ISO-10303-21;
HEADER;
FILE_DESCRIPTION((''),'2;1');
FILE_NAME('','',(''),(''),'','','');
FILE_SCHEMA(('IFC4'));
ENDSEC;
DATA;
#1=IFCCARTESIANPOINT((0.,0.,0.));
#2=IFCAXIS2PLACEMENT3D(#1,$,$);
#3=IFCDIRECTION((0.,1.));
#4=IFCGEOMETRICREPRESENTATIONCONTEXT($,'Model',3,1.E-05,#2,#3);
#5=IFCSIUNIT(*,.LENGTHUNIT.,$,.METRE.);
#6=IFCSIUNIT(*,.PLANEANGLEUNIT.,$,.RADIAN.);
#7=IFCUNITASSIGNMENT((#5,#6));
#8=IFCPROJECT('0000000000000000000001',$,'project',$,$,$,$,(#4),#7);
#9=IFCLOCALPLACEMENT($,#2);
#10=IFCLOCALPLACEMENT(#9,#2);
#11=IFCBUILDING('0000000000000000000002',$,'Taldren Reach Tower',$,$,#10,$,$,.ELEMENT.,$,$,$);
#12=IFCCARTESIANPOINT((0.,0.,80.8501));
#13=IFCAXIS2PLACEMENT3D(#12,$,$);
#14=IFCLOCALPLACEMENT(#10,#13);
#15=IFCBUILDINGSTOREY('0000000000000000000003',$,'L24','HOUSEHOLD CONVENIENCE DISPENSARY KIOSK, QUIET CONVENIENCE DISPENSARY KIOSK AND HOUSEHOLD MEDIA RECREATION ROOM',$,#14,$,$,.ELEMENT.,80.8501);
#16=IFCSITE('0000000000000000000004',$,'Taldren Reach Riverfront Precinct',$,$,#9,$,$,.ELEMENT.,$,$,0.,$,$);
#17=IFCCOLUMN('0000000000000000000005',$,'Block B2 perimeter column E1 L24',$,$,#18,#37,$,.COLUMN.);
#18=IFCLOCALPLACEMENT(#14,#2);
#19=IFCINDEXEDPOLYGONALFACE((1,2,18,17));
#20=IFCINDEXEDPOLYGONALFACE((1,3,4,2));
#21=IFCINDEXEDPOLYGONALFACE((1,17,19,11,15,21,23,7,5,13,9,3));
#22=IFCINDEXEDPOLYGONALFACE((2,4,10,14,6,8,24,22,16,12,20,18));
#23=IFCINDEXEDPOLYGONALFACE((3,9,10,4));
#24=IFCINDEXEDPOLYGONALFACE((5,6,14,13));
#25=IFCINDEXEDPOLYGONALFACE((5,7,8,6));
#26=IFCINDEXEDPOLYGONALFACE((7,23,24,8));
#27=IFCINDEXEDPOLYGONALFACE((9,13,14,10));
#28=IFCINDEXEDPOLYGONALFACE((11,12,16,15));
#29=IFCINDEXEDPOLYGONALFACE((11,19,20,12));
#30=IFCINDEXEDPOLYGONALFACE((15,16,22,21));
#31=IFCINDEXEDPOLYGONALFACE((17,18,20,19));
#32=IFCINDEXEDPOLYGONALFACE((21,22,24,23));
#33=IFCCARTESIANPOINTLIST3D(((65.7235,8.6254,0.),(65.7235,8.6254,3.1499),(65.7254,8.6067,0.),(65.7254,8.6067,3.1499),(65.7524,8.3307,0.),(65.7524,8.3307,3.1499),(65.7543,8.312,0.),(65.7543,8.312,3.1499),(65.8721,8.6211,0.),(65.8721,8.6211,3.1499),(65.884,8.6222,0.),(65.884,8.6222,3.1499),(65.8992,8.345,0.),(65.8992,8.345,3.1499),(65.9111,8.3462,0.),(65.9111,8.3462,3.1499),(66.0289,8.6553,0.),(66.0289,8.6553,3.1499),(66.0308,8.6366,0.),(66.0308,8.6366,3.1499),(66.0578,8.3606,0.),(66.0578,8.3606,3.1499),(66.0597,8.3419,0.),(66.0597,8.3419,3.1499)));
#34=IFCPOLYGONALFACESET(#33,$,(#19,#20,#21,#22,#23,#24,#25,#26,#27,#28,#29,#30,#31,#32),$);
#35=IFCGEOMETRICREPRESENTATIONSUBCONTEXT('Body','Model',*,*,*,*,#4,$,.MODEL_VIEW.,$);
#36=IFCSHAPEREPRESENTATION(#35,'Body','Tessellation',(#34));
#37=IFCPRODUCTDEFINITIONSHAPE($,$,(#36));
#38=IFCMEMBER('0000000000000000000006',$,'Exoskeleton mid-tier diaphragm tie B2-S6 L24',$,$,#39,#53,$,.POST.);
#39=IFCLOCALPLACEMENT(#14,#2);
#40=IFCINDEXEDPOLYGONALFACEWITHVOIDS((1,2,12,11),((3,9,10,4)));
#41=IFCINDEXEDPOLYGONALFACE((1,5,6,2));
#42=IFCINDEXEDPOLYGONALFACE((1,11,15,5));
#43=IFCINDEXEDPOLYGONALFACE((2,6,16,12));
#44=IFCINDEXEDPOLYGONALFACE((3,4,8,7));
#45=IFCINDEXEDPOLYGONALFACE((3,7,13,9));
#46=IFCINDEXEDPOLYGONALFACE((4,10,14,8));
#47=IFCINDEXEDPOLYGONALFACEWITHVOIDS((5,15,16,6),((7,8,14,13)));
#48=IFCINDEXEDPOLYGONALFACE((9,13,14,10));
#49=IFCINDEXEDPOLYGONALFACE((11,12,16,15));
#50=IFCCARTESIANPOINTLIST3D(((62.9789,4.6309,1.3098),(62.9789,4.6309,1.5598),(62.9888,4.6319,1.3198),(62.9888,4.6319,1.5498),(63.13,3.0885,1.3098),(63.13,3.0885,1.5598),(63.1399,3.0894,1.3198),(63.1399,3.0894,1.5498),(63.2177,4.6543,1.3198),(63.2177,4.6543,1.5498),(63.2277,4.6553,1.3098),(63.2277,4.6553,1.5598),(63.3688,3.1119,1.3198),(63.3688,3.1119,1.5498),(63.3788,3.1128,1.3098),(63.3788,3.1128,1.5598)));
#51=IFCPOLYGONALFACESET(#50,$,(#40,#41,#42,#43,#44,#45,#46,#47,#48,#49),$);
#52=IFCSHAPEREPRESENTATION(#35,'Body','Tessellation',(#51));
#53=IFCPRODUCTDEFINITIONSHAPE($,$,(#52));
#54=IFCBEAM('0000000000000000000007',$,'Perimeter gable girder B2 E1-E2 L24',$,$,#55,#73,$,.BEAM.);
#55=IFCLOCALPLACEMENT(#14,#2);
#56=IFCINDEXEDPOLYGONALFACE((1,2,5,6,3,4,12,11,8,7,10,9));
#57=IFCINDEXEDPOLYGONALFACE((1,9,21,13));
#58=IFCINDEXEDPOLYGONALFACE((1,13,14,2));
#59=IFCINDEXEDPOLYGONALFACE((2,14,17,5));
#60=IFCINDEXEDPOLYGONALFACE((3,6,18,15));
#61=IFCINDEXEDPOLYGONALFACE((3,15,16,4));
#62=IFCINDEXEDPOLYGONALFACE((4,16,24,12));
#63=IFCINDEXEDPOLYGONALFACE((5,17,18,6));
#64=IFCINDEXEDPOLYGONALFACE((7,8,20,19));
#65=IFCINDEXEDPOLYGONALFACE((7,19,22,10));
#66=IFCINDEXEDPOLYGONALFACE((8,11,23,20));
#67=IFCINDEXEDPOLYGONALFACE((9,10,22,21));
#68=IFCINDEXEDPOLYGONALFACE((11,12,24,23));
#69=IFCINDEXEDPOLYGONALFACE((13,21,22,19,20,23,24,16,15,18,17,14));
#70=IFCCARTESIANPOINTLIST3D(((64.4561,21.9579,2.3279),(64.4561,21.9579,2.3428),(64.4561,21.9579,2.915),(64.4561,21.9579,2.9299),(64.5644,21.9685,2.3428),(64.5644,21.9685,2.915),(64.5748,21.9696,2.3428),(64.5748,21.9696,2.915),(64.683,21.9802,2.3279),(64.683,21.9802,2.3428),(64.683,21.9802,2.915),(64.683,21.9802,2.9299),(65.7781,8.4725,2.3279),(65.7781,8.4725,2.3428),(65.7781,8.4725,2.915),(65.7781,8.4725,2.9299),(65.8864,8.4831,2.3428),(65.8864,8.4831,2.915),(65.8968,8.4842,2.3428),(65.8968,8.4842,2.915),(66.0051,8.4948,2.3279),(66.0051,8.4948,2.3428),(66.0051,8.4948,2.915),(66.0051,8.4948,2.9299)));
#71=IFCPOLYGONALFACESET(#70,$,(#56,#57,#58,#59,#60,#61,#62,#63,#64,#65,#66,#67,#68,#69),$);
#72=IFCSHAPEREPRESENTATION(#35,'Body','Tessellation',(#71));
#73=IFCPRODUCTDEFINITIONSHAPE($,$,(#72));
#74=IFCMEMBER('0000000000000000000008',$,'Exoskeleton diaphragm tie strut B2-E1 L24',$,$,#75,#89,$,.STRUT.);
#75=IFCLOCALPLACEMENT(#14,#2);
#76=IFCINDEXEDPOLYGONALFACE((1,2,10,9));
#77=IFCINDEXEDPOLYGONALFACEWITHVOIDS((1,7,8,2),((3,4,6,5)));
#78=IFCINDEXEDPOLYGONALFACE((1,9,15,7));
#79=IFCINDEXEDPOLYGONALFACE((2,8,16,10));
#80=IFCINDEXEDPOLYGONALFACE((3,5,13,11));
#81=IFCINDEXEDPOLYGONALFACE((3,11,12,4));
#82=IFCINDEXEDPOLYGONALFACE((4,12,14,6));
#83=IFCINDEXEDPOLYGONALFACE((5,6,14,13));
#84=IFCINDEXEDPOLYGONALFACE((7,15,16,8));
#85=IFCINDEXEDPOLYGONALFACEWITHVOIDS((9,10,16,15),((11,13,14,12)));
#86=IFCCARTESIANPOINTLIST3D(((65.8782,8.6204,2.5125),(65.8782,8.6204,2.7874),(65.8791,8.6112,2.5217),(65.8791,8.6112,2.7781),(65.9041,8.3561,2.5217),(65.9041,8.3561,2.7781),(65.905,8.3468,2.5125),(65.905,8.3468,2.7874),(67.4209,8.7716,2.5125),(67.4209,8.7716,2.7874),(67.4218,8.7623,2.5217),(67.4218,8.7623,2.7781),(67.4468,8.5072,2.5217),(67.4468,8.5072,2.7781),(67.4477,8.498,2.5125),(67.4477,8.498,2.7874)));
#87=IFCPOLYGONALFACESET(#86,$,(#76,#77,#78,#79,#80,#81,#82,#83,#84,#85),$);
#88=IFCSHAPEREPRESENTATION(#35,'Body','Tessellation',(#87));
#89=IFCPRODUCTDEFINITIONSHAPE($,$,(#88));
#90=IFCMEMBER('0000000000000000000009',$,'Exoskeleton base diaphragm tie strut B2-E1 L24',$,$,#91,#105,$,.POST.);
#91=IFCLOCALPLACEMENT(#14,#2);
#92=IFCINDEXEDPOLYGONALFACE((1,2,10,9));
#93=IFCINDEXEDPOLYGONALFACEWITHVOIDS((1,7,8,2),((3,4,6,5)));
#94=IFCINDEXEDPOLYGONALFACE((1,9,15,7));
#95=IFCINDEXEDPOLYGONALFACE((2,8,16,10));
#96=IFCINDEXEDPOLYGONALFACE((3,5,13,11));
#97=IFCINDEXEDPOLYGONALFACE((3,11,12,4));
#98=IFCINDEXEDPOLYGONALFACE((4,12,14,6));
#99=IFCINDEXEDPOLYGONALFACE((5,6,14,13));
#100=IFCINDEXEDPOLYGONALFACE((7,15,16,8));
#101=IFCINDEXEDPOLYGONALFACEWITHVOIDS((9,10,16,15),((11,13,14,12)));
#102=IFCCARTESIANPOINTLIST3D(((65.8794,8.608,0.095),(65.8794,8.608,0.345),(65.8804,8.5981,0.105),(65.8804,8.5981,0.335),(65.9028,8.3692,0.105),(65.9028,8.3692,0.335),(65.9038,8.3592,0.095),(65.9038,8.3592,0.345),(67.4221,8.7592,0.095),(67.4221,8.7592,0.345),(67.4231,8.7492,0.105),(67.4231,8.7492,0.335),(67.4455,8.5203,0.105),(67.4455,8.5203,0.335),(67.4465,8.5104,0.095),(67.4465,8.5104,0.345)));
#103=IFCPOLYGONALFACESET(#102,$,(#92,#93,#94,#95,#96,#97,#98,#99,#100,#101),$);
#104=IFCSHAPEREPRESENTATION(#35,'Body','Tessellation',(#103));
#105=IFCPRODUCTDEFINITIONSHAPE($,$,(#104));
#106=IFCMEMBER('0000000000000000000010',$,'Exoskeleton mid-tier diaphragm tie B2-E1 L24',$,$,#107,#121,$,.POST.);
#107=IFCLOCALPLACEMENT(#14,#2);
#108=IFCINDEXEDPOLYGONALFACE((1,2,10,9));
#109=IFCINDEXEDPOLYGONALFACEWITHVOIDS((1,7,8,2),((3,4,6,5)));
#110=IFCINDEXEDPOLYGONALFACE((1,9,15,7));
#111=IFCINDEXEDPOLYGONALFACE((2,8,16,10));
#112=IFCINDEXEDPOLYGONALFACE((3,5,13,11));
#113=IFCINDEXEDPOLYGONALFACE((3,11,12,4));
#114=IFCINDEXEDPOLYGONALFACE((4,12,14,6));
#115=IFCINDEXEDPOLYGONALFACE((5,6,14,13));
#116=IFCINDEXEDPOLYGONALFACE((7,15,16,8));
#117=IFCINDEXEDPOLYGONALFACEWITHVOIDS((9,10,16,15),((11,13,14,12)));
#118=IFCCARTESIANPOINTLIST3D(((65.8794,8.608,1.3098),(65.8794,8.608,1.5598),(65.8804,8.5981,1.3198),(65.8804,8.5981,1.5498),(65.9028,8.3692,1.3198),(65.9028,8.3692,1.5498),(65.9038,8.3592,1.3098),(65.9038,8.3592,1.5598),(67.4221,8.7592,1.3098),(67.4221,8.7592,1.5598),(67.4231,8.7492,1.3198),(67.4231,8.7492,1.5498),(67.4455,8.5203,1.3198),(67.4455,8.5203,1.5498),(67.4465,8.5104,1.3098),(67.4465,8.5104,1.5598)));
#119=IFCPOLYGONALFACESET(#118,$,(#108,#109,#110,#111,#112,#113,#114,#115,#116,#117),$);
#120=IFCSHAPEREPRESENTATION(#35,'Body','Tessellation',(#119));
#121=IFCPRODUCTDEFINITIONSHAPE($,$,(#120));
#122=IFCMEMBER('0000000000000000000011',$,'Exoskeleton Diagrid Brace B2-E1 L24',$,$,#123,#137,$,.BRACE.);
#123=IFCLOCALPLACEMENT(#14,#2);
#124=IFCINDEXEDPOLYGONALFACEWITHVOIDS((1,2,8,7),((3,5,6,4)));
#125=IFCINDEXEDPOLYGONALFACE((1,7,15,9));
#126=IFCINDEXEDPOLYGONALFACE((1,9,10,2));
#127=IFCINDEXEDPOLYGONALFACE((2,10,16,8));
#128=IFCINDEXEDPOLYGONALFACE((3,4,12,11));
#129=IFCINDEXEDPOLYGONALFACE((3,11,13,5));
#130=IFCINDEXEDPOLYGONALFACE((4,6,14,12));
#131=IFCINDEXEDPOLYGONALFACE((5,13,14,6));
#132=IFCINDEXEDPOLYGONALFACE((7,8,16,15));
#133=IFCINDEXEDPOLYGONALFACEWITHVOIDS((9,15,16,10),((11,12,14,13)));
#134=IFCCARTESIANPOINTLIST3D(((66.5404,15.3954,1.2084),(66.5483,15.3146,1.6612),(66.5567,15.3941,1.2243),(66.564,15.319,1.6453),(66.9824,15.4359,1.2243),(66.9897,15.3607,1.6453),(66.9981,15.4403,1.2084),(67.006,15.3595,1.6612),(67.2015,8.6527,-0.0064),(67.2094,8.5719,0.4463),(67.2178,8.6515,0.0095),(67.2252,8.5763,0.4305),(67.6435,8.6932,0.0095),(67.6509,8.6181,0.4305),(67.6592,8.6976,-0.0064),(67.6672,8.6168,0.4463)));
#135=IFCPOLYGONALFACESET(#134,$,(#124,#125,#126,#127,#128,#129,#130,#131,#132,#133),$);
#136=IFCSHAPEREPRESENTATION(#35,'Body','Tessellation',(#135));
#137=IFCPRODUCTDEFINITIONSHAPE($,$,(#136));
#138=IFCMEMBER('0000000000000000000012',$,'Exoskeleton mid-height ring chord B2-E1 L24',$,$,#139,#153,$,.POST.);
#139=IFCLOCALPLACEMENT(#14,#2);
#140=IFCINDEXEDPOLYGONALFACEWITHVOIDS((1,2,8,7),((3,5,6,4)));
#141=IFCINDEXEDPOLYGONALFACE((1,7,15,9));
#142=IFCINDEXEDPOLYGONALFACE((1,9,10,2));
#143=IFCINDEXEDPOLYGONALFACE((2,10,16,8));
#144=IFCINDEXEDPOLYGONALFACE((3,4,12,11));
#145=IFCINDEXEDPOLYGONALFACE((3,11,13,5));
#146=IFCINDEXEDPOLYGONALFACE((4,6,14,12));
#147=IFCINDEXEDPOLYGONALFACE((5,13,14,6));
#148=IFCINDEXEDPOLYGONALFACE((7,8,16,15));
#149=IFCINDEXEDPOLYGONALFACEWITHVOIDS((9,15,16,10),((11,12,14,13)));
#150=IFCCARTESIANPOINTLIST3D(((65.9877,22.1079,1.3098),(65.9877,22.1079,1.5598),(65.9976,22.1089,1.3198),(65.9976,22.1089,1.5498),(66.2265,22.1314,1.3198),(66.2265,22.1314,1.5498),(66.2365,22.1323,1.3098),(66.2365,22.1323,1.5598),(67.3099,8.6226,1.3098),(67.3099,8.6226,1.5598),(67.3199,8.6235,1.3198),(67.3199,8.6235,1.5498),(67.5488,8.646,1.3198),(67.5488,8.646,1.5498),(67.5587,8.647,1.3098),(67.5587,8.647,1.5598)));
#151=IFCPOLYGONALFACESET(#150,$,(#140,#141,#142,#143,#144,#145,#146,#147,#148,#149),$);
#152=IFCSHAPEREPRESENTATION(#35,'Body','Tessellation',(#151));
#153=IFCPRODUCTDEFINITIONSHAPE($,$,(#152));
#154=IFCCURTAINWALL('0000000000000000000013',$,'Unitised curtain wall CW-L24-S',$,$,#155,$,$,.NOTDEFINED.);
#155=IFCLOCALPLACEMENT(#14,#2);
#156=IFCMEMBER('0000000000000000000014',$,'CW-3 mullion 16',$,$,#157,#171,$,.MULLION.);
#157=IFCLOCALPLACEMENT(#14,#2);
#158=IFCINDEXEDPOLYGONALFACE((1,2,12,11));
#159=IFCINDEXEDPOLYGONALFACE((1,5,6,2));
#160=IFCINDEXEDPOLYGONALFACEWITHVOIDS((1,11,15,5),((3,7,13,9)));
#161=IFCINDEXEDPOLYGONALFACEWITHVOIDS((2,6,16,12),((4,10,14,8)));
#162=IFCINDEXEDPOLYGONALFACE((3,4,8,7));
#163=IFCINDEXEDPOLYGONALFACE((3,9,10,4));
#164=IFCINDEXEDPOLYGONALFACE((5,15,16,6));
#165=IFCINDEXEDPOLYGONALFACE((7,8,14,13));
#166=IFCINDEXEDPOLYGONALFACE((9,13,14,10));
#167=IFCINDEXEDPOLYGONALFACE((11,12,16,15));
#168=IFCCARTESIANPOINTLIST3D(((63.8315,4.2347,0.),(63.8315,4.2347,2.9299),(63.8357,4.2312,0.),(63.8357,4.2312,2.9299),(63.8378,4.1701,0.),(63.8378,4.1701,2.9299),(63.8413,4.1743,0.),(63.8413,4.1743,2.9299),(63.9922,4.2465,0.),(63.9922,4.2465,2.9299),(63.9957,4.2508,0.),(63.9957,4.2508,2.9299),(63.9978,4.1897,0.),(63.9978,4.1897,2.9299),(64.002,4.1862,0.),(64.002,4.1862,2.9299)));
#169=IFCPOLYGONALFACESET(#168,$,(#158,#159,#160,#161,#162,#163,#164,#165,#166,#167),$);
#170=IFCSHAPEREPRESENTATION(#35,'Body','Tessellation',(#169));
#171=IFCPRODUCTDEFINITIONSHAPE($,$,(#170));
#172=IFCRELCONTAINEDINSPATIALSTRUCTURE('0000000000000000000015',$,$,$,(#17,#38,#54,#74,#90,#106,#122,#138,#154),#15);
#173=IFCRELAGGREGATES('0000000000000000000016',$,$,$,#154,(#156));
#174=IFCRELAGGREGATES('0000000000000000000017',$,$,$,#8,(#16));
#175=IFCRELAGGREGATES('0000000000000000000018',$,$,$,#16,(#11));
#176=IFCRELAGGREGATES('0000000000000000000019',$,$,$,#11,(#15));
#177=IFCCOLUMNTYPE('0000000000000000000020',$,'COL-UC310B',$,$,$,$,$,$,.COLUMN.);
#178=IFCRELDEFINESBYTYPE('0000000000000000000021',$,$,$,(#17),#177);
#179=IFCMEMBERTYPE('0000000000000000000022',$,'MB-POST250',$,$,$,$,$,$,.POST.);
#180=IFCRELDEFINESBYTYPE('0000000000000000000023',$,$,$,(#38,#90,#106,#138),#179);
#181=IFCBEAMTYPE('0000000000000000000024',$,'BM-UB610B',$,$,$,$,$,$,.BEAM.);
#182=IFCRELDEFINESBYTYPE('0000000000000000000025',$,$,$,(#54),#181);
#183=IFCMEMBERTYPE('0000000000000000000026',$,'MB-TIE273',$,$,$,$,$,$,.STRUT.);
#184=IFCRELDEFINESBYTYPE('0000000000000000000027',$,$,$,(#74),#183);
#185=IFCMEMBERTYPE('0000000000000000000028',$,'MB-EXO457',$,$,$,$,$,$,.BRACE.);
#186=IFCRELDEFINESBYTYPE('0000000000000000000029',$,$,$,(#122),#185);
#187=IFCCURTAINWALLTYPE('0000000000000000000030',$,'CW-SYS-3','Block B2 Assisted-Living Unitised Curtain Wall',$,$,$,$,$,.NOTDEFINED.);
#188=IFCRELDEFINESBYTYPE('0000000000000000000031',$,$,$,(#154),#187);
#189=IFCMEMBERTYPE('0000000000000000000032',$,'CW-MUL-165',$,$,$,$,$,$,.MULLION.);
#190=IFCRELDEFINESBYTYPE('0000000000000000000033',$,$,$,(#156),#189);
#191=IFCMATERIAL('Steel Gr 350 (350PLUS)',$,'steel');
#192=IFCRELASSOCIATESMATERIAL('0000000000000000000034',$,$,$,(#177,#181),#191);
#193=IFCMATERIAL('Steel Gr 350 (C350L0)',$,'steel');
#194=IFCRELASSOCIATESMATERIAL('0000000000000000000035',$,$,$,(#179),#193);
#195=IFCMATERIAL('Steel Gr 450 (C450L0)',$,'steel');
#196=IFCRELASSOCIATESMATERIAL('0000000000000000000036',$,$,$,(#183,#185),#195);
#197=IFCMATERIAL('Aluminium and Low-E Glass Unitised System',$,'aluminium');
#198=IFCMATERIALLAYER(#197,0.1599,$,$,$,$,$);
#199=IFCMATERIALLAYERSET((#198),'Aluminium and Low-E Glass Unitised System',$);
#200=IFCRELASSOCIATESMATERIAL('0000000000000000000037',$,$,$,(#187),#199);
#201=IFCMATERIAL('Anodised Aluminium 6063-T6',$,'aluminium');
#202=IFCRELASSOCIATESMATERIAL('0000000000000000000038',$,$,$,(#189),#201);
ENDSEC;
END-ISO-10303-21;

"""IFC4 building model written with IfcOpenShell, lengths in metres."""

from ifc_helpers import new_model, si_unit, direction, frame, origin, origin_2d, place, context, subcontext, project, spatial, hollow_rectangle, i_section, extrude, source, transform, mapped, material, layer, layer_set, material_profile, profile_set, type_object, element, aggregate, save


model = new_model("IFC4")

# Units and contexts
model_context = context("Model", 3, precision=1e-05, world=origin(), true_north=direction((0.0, 1.0)))
body_context = subcontext(model_context, "Body", "Model", "MODEL_VIEW")
ifc_project = project(units=[si_unit("LENGTHUNIT", "METRE"), si_unit("PLANEANGLEUNIT", "RADIAN")], contexts=[model_context])

# Site, building, storey
site_placement = place(None, origin())
site = spatial("IfcSite", under=ifc_project, at=site_placement, Name="Taldren Reach Riverfront Precinct", CompositionType="ELEMENT", RefElevation=0.0)
building_placement = place(site_placement, origin())
building = spatial("IfcBuilding", under=site, at=building_placement, Name="Taldren Reach Tower", CompositionType="ELEMENT")
storey_placement = place(building_placement, frame((0.0, 0.0, 80.8501)))
storey = spatial("IfcBuildingStorey", under=building, at=storey_placement, Name="L24", Description="HOUSEHOLD CONVENIENCE DISPENSARY KIOSK, QUIET CONVENIENCE DISPENSARY KIOSK AND HOUSEHOLD MEDIA RECREATION ROOM", CompositionType="ELEMENT", Elevation=80.8501)

# Column
ifc_material_1 = material(Name="Steel Gr 350 (350PLUS)", Category="steel")
ifc_material_profile_1 = material_profile(ifc_material_1, i_section(OverallWidth=0.3069, OverallDepth=0.3149, WebThickness=0.012, FlangeThickness=0.0188, at=origin_2d()), Name="310UC118")
ifc_profile_set_1 = profile_set([ifc_material_profile_1], Name="Steel Gr 350 (350PLUS)")
column_type = type_object("IfcColumnType", Name="COL-UC310B", PredefinedType="COLUMN", material=ifc_profile_set_1)
shared_shape_1 = source(origin(), body_context, "Body", "SweptSolid", [
    extrude(i_section(OverallWidth=0.3069, OverallDepth=0.3149, WebThickness=0.012, FlangeThickness=0.0188, at=origin_2d()), origin(), (0.0, 0.0, 1.0), 3.1499),
])
column_placement = place(storey_placement, frame((65.8916, 8.4836, 0.0), z_axis=(0.0, 0.0, 1.0), x_axis=(0.995227, 0.097583, 0.0)))
element("IfcColumn", 1, at=column_placement, inside=storey, type_object=column_type, Name="Block B2 perimeter column E1 L24", PredefinedType="COLUMN", context=body_context, shape_type="MappedRepresentation", body=[
    mapped(shared_shape_1, transform((0.0, 0.0, 0.0), scale=1.0)),
])

# Member
ifc_material_2 = material(Name="Steel Gr 350 (C350L0)", Category="steel")
ifc_material_profile_2 = material_profile(ifc_material_2, hollow_rectangle(XDim=0.25, YDim=0.25, WallThickness=0.01, at=origin_2d()), Name="250x250x10.0SHS")
ifc_profile_set_2 = profile_set([ifc_material_profile_2], Name="Steel Gr 350 (C350L0)")
member_type_1 = type_object("IfcMemberType", Name="MB-POST250", PredefinedType="POST", material=ifc_profile_set_2)
shared_shape_2 = source(origin(), body_context, "Body", "SweptSolid", [
    extrude(hollow_rectangle(XDim=0.25, YDim=0.25, WallThickness=0.01, at=origin_2d()), origin(), (0.0, 0.0, 1.0), 1.5498),
])
member_1_placement = place(storey_placement, frame((63.1033, 4.6431, 1.4348), z_axis=(0.097507, -0.995235, 0.0), x_axis=(0.995235, 0.097507, 0.0)))
element("IfcMember", 2, at=member_1_placement, inside=storey, type_object=member_type_1, Name="Exoskeleton mid-tier diaphragm tie B2-S6 L24", PredefinedType="POST", context=body_context, shape_type="MappedRepresentation", body=[
    mapped(shared_shape_2, transform((0.0, 0.0, 0.0), scale=1.0)),
])

# Beam
ifc_material_profile_3 = material_profile(ifc_material_1, i_section(OverallWidth=0.228, OverallDepth=0.6021, WebThickness=0.0105, FlangeThickness=0.0149, at=origin_2d()), Name="610UB101")
ifc_profile_set_3 = profile_set([ifc_material_profile_3], Name="Steel Gr 350 (350PLUS)")
beam_type = type_object("IfcBeamType", Name="BM-UB610B", PredefinedType="BEAM", material=ifc_profile_set_3)
shared_shape_3 = source(origin(), body_context, "Body", "SweptSolid", [
    extrude(i_section(OverallWidth=0.228, OverallDepth=0.6021, WebThickness=0.0105, FlangeThickness=0.0149, at=origin_2d()), origin(), (0.0, 0.0, 1.0), 13.55),
])
beam_placement = place(storey_placement, frame((65.8916, 8.4836, 2.6289), z_axis=(-0.097566, 0.995229, 0.0), x_axis=(-0.995229, -0.097566, 0.0)))
element("IfcBeam", 3, at=beam_placement, inside=storey, type_object=beam_type, Name="Perimeter gable girder B2 E1-E2 L24", PredefinedType="BEAM", context=body_context, shape_type="MappedRepresentation", body=[
    mapped(shared_shape_3, transform((0.0, 0.0, 0.0), scale=1.0)),
])

# Members
ifc_material_3 = material(Name="Steel Gr 450 (C450L0)", Category="steel")
ifc_material_profile_4 = material_profile(ifc_material_3, hollow_rectangle(XDim=0.2749, YDim=0.2749, WallThickness=0.0093, at=origin_2d()), Name="275x275x9.3SHS")
ifc_profile_set_4 = profile_set([ifc_material_profile_4], Name="Steel Gr 450 (C450L0)")
member_type_2 = type_object("IfcMemberType", Name="MB-TIE273", PredefinedType="STRUT", material=ifc_profile_set_4)
shared_shape_4 = source(origin(), body_context, "Body", "SweptSolid", [
    extrude(hollow_rectangle(XDim=0.2749, YDim=0.2749, WallThickness=0.0093, at=origin_2d()), origin(), (0.0, 0.0, 1.0), 1.55),
])
member_2_placement = place(storey_placement, frame((65.8916, 8.4836, 2.6499), z_axis=(0.995236, 0.097492, 0.0), x_axis=(-0.097492, 0.995236, 0.0)))
element("IfcMember", 4, at=member_2_placement, inside=storey, type_object=member_type_2, Name="Exoskeleton diaphragm tie strut B2-E1 L24", PredefinedType="STRUT", context=body_context, shape_type="MappedRepresentation", body=[
    mapped(shared_shape_4, transform((0.0, 0.0, 0.0), scale=1.0)),
])
shared_shape_5 = source(origin(), body_context, "Body", "SweptSolid", [
    extrude(hollow_rectangle(XDim=0.25, YDim=0.25, WallThickness=0.01, at=origin_2d()), origin(), (0.0, 0.0, 1.0), 1.55),
])
for number, where, z_axis, x_axis, name in (
    (5, (65.8916, 8.4836, 0.22), (0.995236, 0.097492, 0.0), (-0.097492, 0.995236, 0.0), "Exoskeleton base diaphragm tie strut B2-E1 L24"),
    (6, (65.8916, 8.4836, 1.4348), (0.995236, 0.097492, 0.0), (-0.097492, 0.995236, 0.0), "Exoskeleton mid-tier diaphragm tie B2-E1 L24"),
):
    element("IfcMember", number, at=place(storey_placement, frame(where, z_axis=z_axis, x_axis=x_axis)), inside=storey, type_object=member_type_1, Name=name, PredefinedType="POST", context=body_context, shape_type="MappedRepresentation", body=[
        mapped(shared_shape_5, transform((0.0, 0.0, 0.0), scale=1.0)),
    ])
ifc_material_profile_5 = material_profile(ifc_material_3, hollow_rectangle(XDim=0.46, YDim=0.46, WallThickness=0.0161, at=origin_2d()), Name="460x460x16.0SHS")
ifc_profile_set_5 = profile_set([ifc_material_profile_5], Name="Steel Gr 450 (C450L0)")
member_type_3 = type_object("IfcMemberType", Name="MB-EXO457", PredefinedType="BRACE", material=ifc_profile_set_5)
shared_shape_6 = source(origin(), body_context, "Body", "SweptSolid", [
    extrude(hollow_rectangle(XDim=0.46, YDim=0.46, WallThickness=0.0161, at=origin_2d()), origin(), (0.0, 0.0, 1.0), 6.8831),
])
member_3_placement = place(storey_placement, frame((67.4343, 8.6348, 0.22), z_axis=(-0.096052, 0.979603, 0.176497), x_axis=(-0.995227, -0.097584, 0.0)))
element("IfcMember", 7, at=member_3_placement, inside=storey, type_object=member_type_3, Name="Exoskeleton Diagrid Brace B2-E1 L24", PredefinedType="BRACE", context=body_context, shape_type="MappedRepresentation", body=[
    mapped(shared_shape_6, transform((0.0, 0.0, 0.0), scale=1.0)),
])
shared_shape_7 = source(origin(), body_context, "Body", "SweptSolid", [
    extrude(hollow_rectangle(XDim=0.25, YDim=0.25, WallThickness=0.01, at=origin_2d()), origin(), (0.0, 0.0, 1.0), 13.55),
])
member_4_placement = place(storey_placement, frame((67.4343, 8.6348, 1.4348), z_axis=(-0.097584, 0.995227, 0.0), x_axis=(-0.995227, -0.097584, 0.0)))
element("IfcMember", 8, at=member_4_placement, inside=storey, type_object=member_type_1, Name="Exoskeleton mid-height ring chord B2-E1 L24", PredefinedType="POST", context=body_context, shape_type="MappedRepresentation", body=[
    mapped(shared_shape_7, transform((0.0, 0.0, 0.0), scale=1.0)),
])

# Curtain wall, member
ifc_material_4 = material(Name="Aluminium and Low-E Glass Unitised System", Category="aluminium")
ifc_layer_1 = layer(ifc_material_4, 0.1599)
ifc_layer_set_1 = layer_set([ifc_layer_1], Name="Aluminium and Low-E Glass Unitised System")
curtain_wall_type = type_object("IfcCurtainWallType", Name="CW-SYS-3", Description="Block B2 Assisted-Living Unitised Curtain Wall", PredefinedType="NOTDEFINED", material=ifc_layer_set_1)
curtain_wall_1_placement = place(storey_placement, origin())
curtain_wall_1 = element("IfcCurtainWall", 9, at=curtain_wall_1_placement, inside=storey, type_object=curtain_wall_type, Name="Unitised curtain wall CW-L24-S", PredefinedType="NOTDEFINED")
ifc_material_5 = material(Name="Anodised Aluminium 6063-T6", Category="aluminium")
ifc_material_profile_6 = material_profile(ifc_material_5, hollow_rectangle(XDim=0.0649, YDim=0.165, WallThickness=0.0039, at=origin_2d()), Name="ALU-165x65x4RHS")
ifc_profile_set_6 = profile_set([ifc_material_profile_6], Name="Anodised Aluminium 6063-T6")
member_type_4 = type_object("IfcMemberType", Name="CW-MUL-165", PredefinedType="MULLION", material=ifc_profile_set_6)
shared_shape_8 = source(origin(), body_context, "Body", "SweptSolid", [
    extrude(hollow_rectangle(XDim=0.0649, YDim=0.165, WallThickness=0.0039, at=origin_2d()), origin(), (0.0, 0.0, 1.0), 2.9299),
])
member_5_placement = place(storey_placement, frame((63.9167, 4.2104, 0.0), z_axis=(0.0, 0.0, 1.0), x_axis=(-0.097583, 0.995227, 0.0)))
member_5 = element("IfcMember", 10, at=member_5_placement, type_object=member_type_4, Name="CW-3 mullion 16", PredefinedType="MULLION", context=body_context, shape_type="MappedRepresentation", body=[
    mapped(shared_shape_8, transform((0.0, 0.0, 0.0), scale=1.0)),
])
aggregate(curtain_wall_1, [member_5])

save(model, "model.ifc")
